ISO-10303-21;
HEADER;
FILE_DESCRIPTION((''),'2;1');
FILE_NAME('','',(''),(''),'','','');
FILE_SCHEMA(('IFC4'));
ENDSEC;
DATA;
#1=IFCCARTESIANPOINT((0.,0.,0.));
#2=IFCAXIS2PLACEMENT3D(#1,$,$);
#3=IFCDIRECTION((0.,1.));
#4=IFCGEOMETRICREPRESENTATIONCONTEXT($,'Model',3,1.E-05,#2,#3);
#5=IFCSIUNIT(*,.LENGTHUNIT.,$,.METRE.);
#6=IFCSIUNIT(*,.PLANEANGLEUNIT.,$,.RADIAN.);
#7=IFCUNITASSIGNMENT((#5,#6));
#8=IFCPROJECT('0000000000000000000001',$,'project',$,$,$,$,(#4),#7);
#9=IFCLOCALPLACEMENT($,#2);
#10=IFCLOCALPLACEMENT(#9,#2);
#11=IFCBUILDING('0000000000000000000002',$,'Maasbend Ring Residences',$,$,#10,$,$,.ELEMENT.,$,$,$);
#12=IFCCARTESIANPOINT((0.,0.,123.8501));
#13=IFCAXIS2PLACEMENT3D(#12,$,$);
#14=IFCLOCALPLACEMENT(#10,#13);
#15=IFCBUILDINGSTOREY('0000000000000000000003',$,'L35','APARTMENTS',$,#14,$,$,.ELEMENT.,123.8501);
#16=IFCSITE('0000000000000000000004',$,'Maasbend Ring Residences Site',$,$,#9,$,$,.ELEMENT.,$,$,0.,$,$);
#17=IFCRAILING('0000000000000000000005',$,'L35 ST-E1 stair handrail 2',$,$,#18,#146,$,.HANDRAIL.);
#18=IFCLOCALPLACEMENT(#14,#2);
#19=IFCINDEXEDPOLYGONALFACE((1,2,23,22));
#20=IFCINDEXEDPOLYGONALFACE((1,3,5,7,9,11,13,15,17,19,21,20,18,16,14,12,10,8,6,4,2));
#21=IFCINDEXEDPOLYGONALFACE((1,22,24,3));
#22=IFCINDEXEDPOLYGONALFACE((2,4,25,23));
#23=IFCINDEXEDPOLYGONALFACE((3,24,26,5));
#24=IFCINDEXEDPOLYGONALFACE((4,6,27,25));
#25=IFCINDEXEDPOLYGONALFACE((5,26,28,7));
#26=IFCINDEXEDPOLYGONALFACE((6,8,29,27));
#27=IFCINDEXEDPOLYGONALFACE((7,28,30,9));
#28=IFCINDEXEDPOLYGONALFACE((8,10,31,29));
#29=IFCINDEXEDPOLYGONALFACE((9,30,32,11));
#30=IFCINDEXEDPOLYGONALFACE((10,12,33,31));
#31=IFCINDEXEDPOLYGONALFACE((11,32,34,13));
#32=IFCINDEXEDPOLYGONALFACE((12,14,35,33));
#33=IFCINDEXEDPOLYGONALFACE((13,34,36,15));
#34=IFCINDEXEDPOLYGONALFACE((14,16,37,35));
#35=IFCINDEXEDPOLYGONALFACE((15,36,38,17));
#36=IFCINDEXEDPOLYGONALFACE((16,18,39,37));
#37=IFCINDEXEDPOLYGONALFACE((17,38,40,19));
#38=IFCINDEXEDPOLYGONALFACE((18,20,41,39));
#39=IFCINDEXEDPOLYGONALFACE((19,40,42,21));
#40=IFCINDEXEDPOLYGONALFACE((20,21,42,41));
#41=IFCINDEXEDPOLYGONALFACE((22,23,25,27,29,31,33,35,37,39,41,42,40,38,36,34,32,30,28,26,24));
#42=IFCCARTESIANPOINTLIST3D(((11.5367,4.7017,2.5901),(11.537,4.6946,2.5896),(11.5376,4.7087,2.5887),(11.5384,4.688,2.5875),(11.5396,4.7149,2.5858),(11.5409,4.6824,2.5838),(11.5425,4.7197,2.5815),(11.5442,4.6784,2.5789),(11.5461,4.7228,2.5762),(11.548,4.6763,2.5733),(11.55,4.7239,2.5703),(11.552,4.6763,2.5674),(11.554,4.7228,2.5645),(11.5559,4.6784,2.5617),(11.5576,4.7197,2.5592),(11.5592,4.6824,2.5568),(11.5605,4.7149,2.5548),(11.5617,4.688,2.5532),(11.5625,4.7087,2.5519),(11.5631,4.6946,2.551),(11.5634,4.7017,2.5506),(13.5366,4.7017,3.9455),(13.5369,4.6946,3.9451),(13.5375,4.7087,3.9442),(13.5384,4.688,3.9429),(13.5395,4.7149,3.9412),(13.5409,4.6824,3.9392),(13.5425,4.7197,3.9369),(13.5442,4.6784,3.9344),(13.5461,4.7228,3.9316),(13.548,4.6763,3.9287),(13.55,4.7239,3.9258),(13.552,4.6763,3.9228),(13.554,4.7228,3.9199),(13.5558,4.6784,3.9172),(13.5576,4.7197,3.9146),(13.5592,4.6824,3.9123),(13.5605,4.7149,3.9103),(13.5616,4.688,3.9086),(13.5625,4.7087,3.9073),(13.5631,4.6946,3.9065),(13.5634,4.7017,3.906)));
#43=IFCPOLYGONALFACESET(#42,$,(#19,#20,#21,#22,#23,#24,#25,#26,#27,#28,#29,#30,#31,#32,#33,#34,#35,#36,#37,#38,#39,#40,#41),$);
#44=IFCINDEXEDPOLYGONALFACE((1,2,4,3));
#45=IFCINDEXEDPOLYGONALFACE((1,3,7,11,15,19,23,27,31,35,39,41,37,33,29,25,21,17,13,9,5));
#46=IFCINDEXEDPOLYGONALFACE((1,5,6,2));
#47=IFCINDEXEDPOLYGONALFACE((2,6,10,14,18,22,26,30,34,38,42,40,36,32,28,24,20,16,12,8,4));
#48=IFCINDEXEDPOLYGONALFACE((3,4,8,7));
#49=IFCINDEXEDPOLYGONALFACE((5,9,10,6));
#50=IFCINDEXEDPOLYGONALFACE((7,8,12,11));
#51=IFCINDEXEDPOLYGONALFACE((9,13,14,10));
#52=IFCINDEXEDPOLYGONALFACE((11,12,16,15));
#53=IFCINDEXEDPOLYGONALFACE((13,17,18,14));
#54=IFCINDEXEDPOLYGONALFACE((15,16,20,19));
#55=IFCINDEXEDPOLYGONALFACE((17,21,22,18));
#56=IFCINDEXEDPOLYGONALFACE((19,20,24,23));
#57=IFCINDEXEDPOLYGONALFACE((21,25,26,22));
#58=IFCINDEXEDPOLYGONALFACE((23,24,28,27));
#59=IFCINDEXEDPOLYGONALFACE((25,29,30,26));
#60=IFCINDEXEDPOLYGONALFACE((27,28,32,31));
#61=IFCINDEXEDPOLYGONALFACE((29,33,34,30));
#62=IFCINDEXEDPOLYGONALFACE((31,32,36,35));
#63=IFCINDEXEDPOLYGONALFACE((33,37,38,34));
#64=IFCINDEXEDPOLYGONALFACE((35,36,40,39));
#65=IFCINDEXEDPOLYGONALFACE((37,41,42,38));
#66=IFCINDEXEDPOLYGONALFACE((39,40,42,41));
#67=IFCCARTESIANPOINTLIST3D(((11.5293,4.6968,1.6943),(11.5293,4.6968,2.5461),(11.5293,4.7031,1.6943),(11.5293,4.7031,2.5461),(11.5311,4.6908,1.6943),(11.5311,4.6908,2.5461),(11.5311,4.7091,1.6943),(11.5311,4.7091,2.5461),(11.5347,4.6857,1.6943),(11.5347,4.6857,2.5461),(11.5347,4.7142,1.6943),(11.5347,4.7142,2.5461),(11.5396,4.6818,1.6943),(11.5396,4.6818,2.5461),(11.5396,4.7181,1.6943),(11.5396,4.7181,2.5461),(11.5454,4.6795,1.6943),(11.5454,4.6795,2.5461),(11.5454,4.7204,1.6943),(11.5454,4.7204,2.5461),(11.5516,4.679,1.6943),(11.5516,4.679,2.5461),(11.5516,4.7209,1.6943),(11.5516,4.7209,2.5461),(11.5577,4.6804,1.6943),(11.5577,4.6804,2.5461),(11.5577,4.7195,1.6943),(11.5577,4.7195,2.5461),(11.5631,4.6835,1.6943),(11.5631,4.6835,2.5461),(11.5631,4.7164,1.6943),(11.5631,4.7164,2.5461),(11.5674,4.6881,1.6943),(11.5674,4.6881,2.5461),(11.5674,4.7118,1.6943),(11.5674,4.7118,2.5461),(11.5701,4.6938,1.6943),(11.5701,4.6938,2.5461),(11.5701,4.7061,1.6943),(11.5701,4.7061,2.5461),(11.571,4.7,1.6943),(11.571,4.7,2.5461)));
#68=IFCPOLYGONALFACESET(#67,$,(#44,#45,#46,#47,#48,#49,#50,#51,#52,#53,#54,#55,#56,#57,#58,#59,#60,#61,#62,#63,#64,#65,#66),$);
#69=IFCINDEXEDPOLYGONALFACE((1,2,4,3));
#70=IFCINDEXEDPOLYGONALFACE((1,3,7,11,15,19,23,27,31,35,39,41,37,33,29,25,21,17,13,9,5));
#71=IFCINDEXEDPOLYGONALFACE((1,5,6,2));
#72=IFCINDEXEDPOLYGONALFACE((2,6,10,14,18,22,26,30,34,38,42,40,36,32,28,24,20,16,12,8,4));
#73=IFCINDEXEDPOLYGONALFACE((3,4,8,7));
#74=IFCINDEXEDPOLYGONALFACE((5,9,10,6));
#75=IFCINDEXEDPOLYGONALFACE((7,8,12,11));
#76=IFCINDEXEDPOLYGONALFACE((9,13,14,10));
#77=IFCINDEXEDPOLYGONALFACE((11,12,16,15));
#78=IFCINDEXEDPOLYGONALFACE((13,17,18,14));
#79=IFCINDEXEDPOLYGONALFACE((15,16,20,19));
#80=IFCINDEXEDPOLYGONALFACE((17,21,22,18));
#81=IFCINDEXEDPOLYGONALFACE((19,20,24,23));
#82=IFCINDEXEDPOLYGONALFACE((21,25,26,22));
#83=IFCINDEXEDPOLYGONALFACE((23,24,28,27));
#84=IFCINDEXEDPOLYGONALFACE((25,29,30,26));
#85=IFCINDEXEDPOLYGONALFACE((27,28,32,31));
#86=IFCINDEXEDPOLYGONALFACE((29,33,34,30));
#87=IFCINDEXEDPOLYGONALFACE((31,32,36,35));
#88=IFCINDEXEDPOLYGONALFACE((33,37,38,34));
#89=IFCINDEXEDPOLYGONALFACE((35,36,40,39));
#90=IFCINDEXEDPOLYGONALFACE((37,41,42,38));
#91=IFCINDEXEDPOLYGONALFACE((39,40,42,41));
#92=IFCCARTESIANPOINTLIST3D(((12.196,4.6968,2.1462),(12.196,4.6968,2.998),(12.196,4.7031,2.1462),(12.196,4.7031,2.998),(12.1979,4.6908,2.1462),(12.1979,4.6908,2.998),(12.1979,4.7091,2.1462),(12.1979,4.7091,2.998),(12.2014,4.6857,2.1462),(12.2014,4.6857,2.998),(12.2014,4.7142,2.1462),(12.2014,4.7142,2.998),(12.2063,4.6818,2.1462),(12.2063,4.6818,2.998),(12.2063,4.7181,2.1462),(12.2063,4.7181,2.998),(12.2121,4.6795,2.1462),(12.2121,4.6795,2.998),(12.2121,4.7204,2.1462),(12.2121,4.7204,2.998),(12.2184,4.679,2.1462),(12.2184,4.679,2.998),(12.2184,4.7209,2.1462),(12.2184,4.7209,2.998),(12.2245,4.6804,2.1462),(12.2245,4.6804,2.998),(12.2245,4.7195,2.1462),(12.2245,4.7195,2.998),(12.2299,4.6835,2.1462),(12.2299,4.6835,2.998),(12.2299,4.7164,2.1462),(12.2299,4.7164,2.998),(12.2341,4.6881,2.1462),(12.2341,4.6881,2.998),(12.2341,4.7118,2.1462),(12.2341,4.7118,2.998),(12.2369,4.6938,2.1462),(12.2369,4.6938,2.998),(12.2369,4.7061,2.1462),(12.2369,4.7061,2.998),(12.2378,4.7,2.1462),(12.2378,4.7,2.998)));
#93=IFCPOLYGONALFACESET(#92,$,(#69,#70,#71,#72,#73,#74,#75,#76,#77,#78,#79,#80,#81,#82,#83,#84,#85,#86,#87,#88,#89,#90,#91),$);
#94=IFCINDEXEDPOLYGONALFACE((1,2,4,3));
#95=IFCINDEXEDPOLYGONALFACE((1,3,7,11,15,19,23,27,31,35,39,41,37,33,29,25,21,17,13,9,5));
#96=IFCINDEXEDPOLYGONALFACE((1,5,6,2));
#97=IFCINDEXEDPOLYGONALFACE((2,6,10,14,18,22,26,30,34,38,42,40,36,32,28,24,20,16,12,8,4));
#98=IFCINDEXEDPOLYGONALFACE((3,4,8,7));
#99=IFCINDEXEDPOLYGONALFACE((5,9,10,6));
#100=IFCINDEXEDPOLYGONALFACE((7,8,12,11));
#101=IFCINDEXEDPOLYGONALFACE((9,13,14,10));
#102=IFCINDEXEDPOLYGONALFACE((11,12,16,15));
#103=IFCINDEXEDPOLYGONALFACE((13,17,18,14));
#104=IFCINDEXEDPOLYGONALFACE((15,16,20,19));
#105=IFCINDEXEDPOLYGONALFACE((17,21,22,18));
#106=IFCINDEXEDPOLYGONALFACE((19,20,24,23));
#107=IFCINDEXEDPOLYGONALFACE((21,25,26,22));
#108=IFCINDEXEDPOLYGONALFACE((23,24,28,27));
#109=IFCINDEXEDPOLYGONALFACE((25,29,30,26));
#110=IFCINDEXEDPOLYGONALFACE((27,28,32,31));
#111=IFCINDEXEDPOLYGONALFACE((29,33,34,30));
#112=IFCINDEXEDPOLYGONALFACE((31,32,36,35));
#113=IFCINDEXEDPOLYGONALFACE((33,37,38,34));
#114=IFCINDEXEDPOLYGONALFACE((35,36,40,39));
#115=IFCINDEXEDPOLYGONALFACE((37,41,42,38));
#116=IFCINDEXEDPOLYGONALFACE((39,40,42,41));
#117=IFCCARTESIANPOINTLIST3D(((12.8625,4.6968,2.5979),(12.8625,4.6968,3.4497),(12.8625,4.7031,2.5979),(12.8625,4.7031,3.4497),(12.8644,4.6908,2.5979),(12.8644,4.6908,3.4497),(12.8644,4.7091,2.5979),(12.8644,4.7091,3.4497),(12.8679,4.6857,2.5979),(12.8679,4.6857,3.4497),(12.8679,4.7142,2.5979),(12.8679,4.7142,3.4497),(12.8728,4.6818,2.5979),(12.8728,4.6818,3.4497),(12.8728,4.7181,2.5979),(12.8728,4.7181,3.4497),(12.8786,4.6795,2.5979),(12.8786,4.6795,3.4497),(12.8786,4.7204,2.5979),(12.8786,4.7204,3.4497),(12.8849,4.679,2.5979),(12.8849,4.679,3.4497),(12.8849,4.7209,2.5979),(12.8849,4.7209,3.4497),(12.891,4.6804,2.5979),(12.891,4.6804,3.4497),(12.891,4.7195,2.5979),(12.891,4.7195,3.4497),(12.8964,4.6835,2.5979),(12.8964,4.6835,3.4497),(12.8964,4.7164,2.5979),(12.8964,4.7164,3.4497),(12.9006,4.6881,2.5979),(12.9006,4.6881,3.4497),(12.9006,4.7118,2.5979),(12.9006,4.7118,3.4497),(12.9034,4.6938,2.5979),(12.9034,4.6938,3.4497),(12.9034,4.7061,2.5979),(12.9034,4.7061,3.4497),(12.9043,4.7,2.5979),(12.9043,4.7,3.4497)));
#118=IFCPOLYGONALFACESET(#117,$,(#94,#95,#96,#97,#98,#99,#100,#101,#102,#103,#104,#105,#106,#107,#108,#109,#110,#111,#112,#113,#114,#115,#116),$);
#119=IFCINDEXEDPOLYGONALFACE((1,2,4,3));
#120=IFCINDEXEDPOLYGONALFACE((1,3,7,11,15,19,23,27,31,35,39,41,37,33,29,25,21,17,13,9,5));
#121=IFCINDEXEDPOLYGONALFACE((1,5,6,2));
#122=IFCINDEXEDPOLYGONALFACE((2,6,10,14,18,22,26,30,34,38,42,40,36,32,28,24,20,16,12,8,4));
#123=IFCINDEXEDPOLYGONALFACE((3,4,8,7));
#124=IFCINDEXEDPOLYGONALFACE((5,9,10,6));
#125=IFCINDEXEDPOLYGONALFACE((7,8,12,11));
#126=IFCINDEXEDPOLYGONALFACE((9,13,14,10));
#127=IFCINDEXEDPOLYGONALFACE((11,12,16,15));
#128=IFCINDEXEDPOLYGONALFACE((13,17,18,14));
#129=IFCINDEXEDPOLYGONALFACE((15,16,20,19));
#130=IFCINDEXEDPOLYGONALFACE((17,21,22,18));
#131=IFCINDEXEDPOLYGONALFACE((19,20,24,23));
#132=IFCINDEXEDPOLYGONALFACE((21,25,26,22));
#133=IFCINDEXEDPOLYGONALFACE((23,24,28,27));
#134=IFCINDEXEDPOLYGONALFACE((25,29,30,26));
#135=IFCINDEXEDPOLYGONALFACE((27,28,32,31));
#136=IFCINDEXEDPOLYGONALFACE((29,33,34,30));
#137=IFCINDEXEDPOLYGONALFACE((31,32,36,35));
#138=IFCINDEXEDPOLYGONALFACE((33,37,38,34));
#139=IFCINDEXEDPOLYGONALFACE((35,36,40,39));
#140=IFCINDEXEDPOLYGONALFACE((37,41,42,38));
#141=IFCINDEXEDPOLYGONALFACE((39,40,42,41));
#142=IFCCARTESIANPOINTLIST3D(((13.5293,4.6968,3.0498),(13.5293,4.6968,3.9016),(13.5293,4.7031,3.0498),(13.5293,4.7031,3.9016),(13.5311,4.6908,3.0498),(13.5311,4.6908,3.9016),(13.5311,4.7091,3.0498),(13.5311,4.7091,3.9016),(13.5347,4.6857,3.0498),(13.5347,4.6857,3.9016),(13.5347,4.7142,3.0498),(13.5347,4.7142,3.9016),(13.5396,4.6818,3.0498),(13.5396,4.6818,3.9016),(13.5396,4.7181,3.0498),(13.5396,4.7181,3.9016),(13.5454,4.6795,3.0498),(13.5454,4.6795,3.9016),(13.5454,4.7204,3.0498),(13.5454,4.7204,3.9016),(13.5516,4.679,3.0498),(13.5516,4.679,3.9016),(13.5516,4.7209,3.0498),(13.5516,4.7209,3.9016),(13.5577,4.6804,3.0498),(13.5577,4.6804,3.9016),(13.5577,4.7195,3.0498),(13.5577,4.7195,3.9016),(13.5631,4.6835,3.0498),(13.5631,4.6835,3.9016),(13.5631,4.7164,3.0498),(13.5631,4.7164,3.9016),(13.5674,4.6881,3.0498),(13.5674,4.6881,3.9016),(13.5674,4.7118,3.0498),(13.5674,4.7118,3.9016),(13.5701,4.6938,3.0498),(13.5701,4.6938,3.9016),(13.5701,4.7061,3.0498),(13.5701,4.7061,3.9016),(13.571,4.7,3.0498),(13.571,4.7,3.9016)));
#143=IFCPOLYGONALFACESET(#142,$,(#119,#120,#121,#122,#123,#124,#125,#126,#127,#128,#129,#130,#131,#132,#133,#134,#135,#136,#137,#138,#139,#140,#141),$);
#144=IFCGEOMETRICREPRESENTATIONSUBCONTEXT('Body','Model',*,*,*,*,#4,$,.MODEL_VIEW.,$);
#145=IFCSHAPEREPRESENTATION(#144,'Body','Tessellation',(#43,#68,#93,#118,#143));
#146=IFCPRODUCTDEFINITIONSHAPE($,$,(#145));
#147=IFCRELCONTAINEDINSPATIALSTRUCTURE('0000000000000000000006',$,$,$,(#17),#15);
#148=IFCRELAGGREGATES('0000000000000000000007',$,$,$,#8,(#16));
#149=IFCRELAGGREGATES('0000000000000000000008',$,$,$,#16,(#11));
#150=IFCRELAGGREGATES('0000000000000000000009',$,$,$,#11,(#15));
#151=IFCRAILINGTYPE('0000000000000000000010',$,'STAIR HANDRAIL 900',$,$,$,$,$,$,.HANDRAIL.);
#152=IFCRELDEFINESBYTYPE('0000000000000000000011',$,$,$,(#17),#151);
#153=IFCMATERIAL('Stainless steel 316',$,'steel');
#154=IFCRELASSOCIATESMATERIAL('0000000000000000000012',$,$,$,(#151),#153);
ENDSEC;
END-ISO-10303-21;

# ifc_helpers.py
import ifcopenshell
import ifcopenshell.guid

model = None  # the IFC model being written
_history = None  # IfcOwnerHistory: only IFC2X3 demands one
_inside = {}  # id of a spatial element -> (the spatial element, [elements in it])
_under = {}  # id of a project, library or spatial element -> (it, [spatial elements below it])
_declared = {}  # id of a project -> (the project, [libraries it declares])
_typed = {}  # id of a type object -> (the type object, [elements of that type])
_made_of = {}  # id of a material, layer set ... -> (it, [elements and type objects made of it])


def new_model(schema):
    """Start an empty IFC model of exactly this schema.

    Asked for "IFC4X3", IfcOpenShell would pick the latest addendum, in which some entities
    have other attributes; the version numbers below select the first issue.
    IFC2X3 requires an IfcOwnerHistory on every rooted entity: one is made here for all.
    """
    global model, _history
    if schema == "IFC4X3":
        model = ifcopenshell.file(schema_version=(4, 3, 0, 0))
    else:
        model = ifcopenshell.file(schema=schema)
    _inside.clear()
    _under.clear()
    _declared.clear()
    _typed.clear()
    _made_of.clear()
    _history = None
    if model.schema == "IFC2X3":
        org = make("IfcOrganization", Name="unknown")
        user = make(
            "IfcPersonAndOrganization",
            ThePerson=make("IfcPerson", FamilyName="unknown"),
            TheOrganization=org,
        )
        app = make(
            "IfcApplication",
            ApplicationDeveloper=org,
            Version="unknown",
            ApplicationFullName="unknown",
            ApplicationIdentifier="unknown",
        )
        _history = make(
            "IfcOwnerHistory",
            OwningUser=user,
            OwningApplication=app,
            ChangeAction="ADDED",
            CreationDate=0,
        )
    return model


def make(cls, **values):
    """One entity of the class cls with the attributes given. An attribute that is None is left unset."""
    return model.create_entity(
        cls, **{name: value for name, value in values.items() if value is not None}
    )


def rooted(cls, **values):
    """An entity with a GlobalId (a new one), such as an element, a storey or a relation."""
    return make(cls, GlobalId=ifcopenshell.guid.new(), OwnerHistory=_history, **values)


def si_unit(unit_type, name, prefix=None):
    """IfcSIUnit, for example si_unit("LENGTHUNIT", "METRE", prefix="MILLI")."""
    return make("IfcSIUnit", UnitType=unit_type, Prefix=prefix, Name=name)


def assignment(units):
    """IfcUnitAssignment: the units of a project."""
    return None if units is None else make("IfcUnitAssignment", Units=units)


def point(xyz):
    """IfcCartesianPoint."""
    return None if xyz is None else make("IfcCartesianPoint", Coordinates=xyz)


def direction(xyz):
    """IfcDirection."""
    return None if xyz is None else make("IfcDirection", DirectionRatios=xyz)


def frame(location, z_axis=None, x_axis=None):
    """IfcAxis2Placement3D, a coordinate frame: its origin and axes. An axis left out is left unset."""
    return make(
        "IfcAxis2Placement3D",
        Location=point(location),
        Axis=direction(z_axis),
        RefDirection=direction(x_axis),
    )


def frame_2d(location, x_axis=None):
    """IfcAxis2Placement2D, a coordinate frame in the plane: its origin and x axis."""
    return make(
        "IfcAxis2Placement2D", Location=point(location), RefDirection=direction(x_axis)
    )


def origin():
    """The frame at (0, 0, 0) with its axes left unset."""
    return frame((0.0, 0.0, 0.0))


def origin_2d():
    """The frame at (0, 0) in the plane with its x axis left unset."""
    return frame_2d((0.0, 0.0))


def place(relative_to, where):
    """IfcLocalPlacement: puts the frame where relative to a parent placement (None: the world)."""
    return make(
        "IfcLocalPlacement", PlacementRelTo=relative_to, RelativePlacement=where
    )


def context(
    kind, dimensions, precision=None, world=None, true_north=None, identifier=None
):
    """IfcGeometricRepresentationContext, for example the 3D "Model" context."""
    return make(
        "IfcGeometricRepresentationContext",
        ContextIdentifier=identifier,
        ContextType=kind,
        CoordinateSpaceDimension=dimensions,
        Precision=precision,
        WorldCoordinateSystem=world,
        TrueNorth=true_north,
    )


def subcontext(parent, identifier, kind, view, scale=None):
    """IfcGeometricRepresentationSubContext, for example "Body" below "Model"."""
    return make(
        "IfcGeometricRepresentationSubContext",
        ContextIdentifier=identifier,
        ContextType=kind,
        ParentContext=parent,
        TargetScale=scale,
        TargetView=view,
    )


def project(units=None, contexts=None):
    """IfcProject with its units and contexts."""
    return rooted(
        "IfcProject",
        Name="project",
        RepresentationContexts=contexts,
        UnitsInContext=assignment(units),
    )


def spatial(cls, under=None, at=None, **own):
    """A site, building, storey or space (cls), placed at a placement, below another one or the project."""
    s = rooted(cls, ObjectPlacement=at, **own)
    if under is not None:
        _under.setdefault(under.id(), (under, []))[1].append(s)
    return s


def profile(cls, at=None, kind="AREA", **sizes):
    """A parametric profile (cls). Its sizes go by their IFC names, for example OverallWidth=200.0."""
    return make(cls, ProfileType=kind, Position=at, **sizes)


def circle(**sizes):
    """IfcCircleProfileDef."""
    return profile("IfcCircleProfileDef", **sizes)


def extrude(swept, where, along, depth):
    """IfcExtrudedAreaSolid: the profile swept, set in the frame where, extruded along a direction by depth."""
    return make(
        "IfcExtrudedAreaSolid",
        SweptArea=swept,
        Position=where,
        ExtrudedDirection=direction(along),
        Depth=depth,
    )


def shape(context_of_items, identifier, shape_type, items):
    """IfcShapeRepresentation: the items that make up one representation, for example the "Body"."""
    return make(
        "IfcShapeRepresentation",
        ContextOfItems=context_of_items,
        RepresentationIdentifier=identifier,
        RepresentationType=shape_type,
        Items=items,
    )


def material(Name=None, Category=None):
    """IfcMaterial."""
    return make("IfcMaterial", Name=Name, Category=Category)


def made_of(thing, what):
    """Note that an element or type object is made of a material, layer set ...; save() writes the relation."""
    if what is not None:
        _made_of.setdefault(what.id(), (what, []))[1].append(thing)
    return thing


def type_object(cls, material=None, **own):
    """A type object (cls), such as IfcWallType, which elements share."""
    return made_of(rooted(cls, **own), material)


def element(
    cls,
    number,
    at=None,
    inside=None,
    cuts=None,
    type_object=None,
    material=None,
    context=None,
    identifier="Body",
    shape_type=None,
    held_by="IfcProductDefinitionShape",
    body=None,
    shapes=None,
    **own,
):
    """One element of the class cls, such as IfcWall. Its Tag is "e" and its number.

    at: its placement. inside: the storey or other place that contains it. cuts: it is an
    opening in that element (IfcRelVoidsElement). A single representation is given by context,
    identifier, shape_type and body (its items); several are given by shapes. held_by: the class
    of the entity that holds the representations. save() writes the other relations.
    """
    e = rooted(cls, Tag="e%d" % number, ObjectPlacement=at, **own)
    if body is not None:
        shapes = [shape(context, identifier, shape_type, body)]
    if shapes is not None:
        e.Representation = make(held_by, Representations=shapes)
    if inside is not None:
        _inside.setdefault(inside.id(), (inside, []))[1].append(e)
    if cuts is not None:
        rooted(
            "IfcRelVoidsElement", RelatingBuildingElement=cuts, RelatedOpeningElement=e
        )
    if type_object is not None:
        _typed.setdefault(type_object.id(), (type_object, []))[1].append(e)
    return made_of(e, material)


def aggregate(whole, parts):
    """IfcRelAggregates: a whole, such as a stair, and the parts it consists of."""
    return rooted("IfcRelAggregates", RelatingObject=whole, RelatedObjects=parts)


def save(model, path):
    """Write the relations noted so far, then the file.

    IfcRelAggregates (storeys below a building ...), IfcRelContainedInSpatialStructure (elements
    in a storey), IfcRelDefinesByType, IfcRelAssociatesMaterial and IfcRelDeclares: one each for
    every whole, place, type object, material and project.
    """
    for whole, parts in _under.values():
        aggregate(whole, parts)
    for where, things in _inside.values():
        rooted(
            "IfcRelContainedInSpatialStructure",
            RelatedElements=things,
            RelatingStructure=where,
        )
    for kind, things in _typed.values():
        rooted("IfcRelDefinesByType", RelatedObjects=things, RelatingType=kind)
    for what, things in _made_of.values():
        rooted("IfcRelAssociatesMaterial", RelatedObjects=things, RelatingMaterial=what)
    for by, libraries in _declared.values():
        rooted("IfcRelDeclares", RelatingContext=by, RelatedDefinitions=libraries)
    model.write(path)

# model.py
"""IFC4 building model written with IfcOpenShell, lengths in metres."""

from ifc_helpers import new_model, si_unit, direction, frame, origin, origin_2d, place, context, subcontext, project, spatial, circle, extrude, material, type_object, element, save


model = new_model("IFC4")

# Units and contexts
model_context = context("Model", 3, precision=1e-05, world=origin(), true_north=direction((0.0, 1.0)))
body_context = subcontext(model_context, "Body", "Model", "MODEL_VIEW")
ifc_project = project(units=[si_unit("LENGTHUNIT", "METRE"), si_unit("PLANEANGLEUNIT", "RADIAN")], contexts=[model_context])

# Site, building, storey
site_placement = place(None, origin())
site = spatial("IfcSite", under=ifc_project, at=site_placement, Name="Maasbend Ring Residences Site", CompositionType="ELEMENT", RefElevation=0.0)
building_placement = place(site_placement, origin())
building = spatial("IfcBuilding", under=site, at=building_placement, Name="Maasbend Ring Residences", CompositionType="ELEMENT")
storey_placement = place(building_placement, frame((0.0, 0.0, 123.8501)))
storey = spatial("IfcBuildingStorey", under=building, at=storey_placement, Name="L35", Description="APARTMENTS", CompositionType="ELEMENT", Elevation=123.8501)

# Railing
ifc_material_1 = material(Name="Stainless steel 316", Category="steel")
railing_type_1 = type_object("IfcRailingType", Name="STAIR HANDRAIL 900", PredefinedType="HANDRAIL", material=ifc_material_1)
railing_1_placement = place(storey_placement, frame((11.55, 4.7, 1.6943)))
element("IfcRailing", 1, at=railing_1_placement, inside=storey, type_object=railing_type_1, Name="L35 ST-E1 stair handrail 2", PredefinedType="HANDRAIL", context=body_context, shape_type="SweptSolid", body=[
    extrude(circle(Radius=0.0239, at=origin_2d()), frame((0.0, 0.0, 0.876), z_axis=(0.827798, 0.0, 0.561027), x_axis=(0.0, 1.0, 0.0)), (0.0, 0.0, 1.0), 2.416),
    extrude(circle(Radius=0.021, at=origin_2d()), origin(), (0.0, 0.0, 1.0), 0.8518),
    extrude(circle(Radius=0.021, at=origin_2d()), frame((0.6667, 0.0, 0.4519)), (0.0, 0.0, 1.0), 0.8518),
    extrude(circle(Radius=0.021, at=origin_2d()), frame((1.3333, 0.0, 0.9036)), (0.0, 0.0, 1.0), 0.8518),
    extrude(circle(Radius=0.021, at=origin_2d()), frame((2.0, 0.0, 1.3555)), (0.0, 0.0, 1.0), 0.8518),
])

save(model, "model.ifc")
